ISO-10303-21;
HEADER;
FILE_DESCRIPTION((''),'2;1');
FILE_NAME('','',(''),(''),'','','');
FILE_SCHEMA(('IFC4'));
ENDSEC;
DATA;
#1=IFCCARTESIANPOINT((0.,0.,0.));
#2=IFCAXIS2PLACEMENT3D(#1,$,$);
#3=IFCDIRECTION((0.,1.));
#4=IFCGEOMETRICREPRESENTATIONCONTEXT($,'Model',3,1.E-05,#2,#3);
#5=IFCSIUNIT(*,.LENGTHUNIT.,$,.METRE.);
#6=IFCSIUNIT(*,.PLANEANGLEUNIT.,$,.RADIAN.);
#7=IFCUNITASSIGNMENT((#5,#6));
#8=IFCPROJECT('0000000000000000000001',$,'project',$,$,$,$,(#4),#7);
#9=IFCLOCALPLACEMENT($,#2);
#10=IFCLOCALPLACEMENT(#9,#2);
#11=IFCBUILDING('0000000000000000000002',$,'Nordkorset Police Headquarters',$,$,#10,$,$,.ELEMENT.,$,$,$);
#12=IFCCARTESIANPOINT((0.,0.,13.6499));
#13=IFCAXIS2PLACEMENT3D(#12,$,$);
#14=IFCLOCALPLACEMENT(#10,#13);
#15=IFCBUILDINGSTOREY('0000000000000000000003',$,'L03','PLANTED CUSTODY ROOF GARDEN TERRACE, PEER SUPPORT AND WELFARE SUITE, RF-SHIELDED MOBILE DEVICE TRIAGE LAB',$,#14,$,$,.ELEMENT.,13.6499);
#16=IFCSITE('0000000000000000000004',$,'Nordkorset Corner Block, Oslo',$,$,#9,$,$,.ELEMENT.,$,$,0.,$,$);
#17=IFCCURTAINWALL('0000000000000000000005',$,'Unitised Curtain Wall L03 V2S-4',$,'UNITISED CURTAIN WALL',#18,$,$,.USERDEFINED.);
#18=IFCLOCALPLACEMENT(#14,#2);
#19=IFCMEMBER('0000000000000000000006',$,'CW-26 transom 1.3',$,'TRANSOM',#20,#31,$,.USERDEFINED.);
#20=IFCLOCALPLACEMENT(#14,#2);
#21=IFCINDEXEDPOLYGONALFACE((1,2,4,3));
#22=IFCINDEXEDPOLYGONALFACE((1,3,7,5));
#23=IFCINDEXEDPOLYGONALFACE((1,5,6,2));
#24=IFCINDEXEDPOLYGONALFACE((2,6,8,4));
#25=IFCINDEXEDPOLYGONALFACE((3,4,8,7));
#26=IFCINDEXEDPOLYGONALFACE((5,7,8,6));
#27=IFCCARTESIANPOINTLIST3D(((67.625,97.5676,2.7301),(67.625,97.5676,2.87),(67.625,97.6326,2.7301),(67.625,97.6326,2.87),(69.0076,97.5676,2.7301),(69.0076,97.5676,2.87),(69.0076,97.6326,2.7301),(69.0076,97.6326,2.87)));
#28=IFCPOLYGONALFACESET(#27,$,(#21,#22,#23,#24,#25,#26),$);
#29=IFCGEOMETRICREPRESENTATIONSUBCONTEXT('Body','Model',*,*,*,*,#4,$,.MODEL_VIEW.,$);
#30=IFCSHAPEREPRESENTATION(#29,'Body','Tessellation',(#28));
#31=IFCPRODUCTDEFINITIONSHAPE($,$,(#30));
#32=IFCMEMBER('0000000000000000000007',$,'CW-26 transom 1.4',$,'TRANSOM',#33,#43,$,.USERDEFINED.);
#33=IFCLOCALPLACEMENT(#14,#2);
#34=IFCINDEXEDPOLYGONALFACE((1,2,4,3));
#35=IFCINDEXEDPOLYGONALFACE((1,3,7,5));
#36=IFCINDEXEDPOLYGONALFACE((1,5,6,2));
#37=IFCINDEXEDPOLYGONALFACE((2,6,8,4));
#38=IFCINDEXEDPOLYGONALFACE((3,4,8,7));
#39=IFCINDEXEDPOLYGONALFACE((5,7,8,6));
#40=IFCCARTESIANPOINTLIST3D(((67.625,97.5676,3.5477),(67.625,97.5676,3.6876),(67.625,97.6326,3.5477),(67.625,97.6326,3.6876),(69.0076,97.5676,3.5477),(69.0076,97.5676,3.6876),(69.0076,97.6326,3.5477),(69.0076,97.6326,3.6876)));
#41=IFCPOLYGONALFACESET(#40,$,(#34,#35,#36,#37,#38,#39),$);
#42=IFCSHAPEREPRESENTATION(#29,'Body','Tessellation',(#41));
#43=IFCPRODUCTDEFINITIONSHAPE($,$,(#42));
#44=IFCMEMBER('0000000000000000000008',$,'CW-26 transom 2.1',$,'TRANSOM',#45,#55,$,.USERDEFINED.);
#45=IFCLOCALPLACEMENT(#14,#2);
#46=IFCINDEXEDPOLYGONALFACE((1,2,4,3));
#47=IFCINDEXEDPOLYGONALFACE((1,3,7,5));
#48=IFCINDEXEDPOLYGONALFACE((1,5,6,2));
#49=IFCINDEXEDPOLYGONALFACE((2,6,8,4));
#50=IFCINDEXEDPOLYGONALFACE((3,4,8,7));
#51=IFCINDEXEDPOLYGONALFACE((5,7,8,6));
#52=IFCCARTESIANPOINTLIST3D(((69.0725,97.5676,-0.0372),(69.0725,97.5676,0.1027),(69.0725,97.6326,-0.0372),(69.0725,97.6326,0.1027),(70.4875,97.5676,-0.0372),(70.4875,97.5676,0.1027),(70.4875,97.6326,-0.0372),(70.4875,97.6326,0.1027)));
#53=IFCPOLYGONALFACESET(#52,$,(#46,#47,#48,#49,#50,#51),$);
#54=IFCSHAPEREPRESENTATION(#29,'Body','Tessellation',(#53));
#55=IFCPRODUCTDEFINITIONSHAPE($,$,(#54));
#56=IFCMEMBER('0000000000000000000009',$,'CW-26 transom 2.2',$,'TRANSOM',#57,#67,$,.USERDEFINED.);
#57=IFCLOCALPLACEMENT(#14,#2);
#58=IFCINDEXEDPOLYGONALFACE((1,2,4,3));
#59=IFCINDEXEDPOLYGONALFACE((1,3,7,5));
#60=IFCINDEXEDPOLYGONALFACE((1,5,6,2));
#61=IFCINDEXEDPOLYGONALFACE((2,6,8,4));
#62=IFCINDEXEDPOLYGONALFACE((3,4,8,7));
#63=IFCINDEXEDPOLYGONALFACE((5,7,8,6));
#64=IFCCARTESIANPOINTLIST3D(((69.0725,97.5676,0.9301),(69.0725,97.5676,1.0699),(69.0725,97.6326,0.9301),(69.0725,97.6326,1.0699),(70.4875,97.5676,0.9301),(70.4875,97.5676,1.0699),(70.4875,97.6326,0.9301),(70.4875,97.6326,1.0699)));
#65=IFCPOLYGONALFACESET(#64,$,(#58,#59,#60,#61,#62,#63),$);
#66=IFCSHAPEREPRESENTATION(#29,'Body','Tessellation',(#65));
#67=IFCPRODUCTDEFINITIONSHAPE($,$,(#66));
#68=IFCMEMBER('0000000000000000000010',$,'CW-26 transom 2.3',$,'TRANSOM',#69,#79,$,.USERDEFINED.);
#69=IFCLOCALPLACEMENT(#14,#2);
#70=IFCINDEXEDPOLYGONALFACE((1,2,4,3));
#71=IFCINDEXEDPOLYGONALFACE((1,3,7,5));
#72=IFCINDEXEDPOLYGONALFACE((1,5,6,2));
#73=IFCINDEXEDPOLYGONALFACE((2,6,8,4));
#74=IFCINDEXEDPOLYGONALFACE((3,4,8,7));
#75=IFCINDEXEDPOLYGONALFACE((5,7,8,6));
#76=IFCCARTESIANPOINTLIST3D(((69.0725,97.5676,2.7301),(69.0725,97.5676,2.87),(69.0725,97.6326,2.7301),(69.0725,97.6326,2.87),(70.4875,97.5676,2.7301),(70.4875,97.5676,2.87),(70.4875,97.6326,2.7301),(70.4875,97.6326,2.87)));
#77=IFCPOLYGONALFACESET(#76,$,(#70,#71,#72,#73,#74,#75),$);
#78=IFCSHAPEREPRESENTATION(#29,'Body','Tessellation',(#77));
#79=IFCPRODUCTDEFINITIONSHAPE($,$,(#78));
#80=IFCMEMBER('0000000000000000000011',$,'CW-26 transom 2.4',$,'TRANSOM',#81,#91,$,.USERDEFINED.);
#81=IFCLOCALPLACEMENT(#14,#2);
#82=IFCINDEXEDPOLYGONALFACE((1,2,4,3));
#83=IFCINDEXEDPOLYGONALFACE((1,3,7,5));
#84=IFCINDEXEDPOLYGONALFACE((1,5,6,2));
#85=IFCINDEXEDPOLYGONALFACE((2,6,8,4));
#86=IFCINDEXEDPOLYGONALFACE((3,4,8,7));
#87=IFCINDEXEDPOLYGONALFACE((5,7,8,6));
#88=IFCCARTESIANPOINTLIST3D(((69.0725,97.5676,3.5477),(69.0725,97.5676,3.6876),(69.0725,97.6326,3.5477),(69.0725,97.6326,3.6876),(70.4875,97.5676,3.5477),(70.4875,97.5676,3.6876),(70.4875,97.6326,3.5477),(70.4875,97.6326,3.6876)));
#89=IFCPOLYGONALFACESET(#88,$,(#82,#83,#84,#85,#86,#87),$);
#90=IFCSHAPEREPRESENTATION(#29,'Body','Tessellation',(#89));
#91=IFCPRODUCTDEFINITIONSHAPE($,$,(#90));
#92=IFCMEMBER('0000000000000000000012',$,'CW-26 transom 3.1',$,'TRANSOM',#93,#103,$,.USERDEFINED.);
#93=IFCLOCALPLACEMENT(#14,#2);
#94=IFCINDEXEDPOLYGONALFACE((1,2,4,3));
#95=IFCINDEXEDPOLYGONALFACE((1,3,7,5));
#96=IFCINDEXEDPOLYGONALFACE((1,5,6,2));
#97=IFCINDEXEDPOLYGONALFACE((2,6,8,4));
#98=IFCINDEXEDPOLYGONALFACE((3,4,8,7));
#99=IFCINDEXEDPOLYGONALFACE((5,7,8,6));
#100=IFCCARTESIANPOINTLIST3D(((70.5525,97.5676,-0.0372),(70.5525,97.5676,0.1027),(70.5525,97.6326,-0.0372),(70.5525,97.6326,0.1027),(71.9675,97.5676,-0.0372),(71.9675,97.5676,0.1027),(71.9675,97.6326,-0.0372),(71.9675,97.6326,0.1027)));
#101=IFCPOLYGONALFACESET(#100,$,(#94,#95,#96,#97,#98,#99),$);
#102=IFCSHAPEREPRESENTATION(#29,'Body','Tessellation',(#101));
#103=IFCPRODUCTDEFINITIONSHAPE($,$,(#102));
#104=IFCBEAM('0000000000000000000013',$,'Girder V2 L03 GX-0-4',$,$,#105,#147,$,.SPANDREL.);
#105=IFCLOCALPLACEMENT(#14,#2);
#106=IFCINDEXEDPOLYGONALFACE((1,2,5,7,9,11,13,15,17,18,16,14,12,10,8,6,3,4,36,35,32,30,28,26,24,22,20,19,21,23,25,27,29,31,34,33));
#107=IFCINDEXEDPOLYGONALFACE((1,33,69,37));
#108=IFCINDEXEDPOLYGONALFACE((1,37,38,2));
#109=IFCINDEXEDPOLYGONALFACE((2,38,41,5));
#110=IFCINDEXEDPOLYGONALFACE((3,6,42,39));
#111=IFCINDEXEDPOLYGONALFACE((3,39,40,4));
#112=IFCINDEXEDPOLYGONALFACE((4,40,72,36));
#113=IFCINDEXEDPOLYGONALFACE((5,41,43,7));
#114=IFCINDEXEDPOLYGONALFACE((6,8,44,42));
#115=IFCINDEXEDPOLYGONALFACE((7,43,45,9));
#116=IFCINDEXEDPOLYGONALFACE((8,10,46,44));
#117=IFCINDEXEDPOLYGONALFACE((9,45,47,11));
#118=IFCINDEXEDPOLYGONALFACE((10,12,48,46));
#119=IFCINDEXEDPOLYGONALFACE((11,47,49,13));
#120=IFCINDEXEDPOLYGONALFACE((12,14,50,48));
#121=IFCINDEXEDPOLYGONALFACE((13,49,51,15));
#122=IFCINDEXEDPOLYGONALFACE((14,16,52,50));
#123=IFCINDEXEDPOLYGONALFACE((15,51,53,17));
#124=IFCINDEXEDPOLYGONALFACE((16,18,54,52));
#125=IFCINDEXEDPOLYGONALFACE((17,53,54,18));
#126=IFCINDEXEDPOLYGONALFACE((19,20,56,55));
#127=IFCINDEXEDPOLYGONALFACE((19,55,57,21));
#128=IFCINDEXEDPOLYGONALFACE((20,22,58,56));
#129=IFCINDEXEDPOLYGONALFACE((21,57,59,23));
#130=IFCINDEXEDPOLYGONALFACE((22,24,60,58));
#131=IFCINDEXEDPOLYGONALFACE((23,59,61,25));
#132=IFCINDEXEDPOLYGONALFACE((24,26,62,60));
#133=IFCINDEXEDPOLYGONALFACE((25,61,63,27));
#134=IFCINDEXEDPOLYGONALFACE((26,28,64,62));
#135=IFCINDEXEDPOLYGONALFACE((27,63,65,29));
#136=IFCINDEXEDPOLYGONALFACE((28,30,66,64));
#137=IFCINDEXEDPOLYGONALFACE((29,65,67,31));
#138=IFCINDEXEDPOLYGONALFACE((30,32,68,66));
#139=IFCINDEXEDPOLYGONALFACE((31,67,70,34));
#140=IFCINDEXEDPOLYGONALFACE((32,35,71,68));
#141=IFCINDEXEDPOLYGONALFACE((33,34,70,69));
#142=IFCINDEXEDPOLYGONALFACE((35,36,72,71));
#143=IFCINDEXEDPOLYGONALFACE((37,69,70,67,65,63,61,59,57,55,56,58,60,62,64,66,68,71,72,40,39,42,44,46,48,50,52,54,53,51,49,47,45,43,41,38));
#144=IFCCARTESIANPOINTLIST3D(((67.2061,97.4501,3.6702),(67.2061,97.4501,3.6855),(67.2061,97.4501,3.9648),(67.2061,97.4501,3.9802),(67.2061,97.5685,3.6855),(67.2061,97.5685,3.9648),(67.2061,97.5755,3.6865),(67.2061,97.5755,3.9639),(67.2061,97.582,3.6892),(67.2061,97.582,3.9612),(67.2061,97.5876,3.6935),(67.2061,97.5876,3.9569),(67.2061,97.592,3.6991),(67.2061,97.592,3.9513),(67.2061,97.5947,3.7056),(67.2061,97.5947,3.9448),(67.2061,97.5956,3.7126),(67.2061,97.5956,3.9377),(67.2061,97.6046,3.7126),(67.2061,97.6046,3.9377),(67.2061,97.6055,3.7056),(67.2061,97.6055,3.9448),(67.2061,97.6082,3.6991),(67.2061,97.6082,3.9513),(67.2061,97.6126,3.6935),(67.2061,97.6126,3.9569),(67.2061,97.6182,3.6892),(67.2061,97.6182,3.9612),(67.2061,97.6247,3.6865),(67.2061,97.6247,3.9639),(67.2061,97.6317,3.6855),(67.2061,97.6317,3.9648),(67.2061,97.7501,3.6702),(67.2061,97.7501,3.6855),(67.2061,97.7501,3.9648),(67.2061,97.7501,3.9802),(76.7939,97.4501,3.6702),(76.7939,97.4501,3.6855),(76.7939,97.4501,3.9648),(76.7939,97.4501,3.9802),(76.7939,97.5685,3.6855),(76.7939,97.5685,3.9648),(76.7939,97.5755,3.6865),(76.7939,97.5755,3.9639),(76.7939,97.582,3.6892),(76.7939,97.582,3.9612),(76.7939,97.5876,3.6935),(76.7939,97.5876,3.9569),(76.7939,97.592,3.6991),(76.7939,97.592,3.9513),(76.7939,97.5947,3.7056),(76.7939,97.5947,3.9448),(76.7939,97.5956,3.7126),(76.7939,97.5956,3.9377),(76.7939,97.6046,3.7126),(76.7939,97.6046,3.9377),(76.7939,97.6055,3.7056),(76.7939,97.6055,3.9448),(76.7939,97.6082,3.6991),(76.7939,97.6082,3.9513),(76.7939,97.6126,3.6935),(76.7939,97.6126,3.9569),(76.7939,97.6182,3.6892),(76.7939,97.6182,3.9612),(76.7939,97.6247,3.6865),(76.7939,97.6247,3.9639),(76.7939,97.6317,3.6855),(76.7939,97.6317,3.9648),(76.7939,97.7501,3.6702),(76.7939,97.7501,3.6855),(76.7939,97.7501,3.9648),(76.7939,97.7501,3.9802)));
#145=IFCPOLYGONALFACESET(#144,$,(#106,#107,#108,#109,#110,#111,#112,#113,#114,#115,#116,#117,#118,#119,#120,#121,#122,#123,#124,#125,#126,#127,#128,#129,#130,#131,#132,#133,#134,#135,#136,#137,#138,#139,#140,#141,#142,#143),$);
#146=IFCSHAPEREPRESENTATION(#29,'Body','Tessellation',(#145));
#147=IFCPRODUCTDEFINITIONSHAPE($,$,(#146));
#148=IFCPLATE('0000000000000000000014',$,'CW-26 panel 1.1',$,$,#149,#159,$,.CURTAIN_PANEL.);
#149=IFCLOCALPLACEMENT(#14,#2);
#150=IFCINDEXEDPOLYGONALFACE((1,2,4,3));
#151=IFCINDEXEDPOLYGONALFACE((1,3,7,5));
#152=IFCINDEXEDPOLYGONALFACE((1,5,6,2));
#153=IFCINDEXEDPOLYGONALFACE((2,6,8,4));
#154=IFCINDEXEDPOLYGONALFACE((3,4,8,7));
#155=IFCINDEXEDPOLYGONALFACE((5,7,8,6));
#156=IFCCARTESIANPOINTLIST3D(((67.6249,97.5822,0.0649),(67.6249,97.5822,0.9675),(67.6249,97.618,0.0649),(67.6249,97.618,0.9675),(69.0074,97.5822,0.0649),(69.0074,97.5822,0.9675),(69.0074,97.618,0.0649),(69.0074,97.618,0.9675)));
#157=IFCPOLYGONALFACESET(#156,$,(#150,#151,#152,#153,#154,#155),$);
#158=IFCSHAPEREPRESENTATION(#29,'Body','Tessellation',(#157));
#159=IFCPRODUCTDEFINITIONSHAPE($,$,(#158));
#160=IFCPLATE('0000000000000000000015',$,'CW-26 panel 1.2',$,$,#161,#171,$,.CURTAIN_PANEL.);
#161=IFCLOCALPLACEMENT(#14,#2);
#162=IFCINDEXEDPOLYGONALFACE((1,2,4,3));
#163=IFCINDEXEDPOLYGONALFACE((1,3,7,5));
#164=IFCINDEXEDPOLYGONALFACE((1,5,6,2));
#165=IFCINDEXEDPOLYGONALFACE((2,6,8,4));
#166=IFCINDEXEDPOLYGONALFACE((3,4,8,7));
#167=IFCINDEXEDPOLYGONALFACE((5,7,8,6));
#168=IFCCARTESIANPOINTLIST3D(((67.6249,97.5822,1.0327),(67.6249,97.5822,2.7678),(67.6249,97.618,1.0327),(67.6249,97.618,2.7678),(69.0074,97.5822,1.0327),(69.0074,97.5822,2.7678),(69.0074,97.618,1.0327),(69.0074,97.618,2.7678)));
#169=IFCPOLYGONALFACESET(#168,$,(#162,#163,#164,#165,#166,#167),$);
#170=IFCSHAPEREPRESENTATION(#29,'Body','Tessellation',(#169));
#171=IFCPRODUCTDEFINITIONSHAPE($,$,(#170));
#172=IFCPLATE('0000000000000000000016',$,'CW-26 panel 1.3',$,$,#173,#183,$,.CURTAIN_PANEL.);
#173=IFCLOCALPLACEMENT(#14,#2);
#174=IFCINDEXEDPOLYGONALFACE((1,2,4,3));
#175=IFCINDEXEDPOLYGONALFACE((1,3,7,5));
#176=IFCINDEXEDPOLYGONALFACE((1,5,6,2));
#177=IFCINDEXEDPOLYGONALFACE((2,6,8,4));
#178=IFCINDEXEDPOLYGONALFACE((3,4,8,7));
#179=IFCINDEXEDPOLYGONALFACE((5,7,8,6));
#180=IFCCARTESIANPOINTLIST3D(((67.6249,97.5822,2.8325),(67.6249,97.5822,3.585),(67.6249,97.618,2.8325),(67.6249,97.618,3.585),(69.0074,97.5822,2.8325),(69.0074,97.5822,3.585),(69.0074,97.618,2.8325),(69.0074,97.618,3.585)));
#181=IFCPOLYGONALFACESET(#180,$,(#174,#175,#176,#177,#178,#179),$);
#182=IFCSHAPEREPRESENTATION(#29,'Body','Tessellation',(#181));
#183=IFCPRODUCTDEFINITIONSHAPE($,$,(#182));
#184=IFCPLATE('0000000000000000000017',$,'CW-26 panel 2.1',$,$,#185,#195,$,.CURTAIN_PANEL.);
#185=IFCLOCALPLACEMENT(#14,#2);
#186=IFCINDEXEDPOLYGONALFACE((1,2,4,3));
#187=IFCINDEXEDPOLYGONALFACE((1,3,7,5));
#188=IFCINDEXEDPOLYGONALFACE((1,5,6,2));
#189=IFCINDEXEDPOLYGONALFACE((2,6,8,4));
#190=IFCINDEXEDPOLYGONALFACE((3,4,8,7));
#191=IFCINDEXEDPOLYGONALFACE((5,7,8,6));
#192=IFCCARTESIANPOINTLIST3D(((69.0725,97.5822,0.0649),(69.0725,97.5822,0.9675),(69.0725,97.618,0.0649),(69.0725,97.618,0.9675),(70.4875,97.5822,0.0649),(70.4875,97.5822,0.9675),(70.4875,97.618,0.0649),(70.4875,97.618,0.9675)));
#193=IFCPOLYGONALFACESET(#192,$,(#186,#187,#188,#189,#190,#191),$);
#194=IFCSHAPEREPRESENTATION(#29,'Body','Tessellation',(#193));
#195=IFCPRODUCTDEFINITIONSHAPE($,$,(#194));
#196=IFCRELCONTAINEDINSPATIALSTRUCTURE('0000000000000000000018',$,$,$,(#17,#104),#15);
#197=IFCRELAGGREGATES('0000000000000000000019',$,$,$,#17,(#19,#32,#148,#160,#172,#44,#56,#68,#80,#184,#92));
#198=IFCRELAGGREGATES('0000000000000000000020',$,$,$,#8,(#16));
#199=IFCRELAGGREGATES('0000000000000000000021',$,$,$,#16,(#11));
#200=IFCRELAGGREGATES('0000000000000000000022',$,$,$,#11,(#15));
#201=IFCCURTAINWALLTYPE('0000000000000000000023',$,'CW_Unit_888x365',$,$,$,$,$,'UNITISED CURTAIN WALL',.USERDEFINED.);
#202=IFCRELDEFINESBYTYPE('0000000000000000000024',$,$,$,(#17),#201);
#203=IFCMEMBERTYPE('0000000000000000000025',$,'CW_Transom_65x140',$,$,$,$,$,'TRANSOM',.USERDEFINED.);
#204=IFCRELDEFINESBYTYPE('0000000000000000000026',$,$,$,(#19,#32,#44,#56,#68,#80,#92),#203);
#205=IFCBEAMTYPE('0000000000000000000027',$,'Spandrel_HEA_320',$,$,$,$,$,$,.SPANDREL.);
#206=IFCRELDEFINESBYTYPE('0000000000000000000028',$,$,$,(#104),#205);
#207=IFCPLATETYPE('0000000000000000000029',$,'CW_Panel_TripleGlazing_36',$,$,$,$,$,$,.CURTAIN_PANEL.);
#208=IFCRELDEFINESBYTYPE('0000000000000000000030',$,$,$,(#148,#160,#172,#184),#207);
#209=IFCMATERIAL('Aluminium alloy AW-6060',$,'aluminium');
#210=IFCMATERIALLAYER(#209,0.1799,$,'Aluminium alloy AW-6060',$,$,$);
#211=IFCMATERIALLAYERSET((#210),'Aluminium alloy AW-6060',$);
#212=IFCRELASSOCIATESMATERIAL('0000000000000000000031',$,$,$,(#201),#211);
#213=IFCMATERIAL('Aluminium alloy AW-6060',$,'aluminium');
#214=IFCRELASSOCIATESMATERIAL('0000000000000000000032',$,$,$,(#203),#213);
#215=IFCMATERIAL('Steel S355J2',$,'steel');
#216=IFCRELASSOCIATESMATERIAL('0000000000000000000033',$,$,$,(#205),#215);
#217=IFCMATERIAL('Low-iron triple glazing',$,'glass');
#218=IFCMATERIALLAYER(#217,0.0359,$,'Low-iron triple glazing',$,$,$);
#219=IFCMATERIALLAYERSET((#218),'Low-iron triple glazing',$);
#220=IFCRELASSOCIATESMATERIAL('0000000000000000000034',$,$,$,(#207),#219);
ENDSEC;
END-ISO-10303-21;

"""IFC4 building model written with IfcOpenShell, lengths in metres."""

from ifc_helpers import new_model, si_unit, direction, frame, origin, origin_2d, place, context, subcontext, project, spatial, rectangle, i_section, extrude, material, layer, layer_set, material_profile, profile_set, type_object, element, aggregate, save


model = new_model("IFC4")

# Units and contexts
model_context = context("Model", 3, precision=1e-05, world=origin(), true_north=direction((0.0, 1.0)))
body_context = subcontext(model_context, "Body", "Model", "MODEL_VIEW")
ifc_project = project(units=[si_unit("LENGTHUNIT", "METRE"), si_unit("PLANEANGLEUNIT", "RADIAN")], contexts=[model_context])

# Site, building, storey
site_placement = place(None, origin())
site = spatial("IfcSite", under=ifc_project, at=site_placement, Name="Nordkorset Corner Block, Oslo", CompositionType="ELEMENT", RefElevation=0.0)
building_placement = place(site_placement, origin())
building = spatial("IfcBuilding", under=site, at=building_placement, Name="Nordkorset Police Headquarters", CompositionType="ELEMENT")
storey_placement = place(building_placement, frame((0.0, 0.0, 13.6499)))
storey = spatial("IfcBuildingStorey", under=building, at=storey_placement, Name="L03", Description="PLANTED CUSTODY ROOF GARDEN TERRACE, PEER SUPPORT AND WELFARE SUITE, RF-SHIELDED MOBILE DEVICE TRIAGE LAB", CompositionType="ELEMENT", Elevation=13.6499)

# Curtain wall, members
ifc_material_1 = material(Name="Aluminium alloy AW-6060", Category="aluminium")
ifc_layer_1 = layer(ifc_material_1, 0.1799, Name="Aluminium alloy AW-6060")
ifc_layer_set_1 = layer_set([ifc_layer_1], Name="Aluminium alloy AW-6060")
curtain_wall_type = type_object("IfcCurtainWallType", Name="CW_Unit_888x365", ElementType="UNITISED CURTAIN WALL", PredefinedType="USERDEFINED", material=ifc_layer_set_1)
curtain_wall_placement = place(storey_placement, origin())
curtain_wall = element("IfcCurtainWall", 1, at=curtain_wall_placement, inside=storey, type_object=curtain_wall_type, Name="Unitised Curtain Wall L03 V2S-4", ObjectType="UNITISED CURTAIN WALL", PredefinedType="USERDEFINED")
ifc_material_2 = material(Name="Aluminium alloy AW-6060", Category="aluminium")
ifc_material_profile_1 = material_profile(ifc_material_2, rectangle(XDim=0.0649, YDim=0.1399, at=origin_2d()), Name="ALU TRAN 65x140")
ifc_profile_set_1 = profile_set([ifc_material_profile_1], Name="Aluminium alloy AW-6060")
member_type_1 = type_object("IfcMemberType", Name="CW_Transom_65x140", ElementType="TRANSOM", PredefinedType="USERDEFINED", material=ifc_profile_set_1)
member_1_placement = place(storey_placement, frame((67.625, 97.6001, 2.8), z_axis=(1.0, 0.0, 0.0), x_axis=(0.0, 1.0, 0.0)))
member_1 = element("IfcMember", 2, at=member_1_placement, type_object=member_type_1, Name="CW-26 transom 1.3", ObjectType="TRANSOM", PredefinedType="USERDEFINED", context=body_context, shape_type="SweptSolid", body=[
    extrude(rectangle(XDim=0.0649, YDim=0.1399, at=origin_2d()), origin(), (0.0, 0.0, 1.0), 1.3826),
])
member_2_placement = place(storey_placement, frame((67.625, 97.6001, 3.6177), z_axis=(1.0, 0.0, 0.0), x_axis=(0.0, 1.0, 0.0)))
member_2 = element("IfcMember", 3, at=member_2_placement, type_object=member_type_1, Name="CW-26 transom 1.4", ObjectType="TRANSOM", PredefinedType="USERDEFINED", context=body_context, shape_type="SweptSolid", body=[
    extrude(rectangle(XDim=0.0649, YDim=0.1399, at=origin_2d()), origin(), (0.0, 0.0, 1.0), 1.3826),
])
member_3_placement = place(storey_placement, frame((69.0725, 97.6001, 0.0327), z_axis=(1.0, 0.0, 0.0), x_axis=(0.0, 1.0, 0.0)))
member_3 = element("IfcMember", 4, at=member_3_placement, type_object=member_type_1, Name="CW-26 transom 2.1", ObjectType="TRANSOM", PredefinedType="USERDEFINED", context=body_context, shape_type="SweptSolid", body=[
    extrude(rectangle(XDim=0.0649, YDim=0.1399, at=origin_2d()), origin(), (0.0, 0.0, 1.0), 1.415),
])
member_4_placement = place(storey_placement, frame((69.0725, 97.6001, 1.0), z_axis=(1.0, 0.0, 0.0), x_axis=(0.0, 1.0, 0.0)))
member_4 = element("IfcMember", 5, at=member_4_placement, type_object=member_type_1, Name="CW-26 transom 2.2", ObjectType="TRANSOM", PredefinedType="USERDEFINED", context=body_context, shape_type="SweptSolid", body=[
    extrude(rectangle(XDim=0.0649, YDim=0.1399, at=origin_2d()), origin(), (0.0, 0.0, 1.0), 1.415),
])
member_5_placement = place(storey_placement, frame((69.0725, 97.6001, 2.8), z_axis=(1.0, 0.0, 0.0), x_axis=(0.0, 1.0, 0.0)))
member_5 = element("IfcMember", 6, at=member_5_placement, type_object=member_type_1, Name="CW-26 transom 2.3", ObjectType="TRANSOM", PredefinedType="USERDEFINED", context=body_context, shape_type="SweptSolid", body=[
    extrude(rectangle(XDim=0.0649, YDim=0.1399, at=origin_2d()), origin(), (0.0, 0.0, 1.0), 1.415),
])
member_6_placement = place(storey_placement, frame((69.0725, 97.6001, 3.6177), z_axis=(1.0, 0.0, 0.0), x_axis=(0.0, 1.0, 0.0)))
member_6 = element("IfcMember", 7, at=member_6_placement, type_object=member_type_1, Name="CW-26 transom 2.4", ObjectType="TRANSOM", PredefinedType="USERDEFINED", context=body_context, shape_type="SweptSolid", body=[
    extrude(rectangle(XDim=0.0649, YDim=0.1399, at=origin_2d()), origin(), (0.0, 0.0, 1.0), 1.415),
])
member_7_placement = place(storey_placement, frame((70.5525, 97.6001, 0.0327), z_axis=(1.0, 0.0, 0.0), x_axis=(0.0, 1.0, 0.0)))
member_7 = element("IfcMember", 8, at=member_7_placement, type_object=member_type_1, Name="CW-26 transom 3.1", ObjectType="TRANSOM", PredefinedType="USERDEFINED", context=body_context, shape_type="SweptSolid", body=[
    extrude(rectangle(XDim=0.0649, YDim=0.1399, at=origin_2d()), origin(), (0.0, 0.0, 1.0), 1.415),
])

# Beam
ifc_material_3 = material(Name="Steel S355J2", Category="steel")
ifc_material_profile_2 = material_profile(ifc_material_3, i_section(OverallWidth=0.3, OverallDepth=0.3101, WebThickness=0.009, FlangeThickness=0.0154, FilletRadius=0.0271, at=origin_2d()), Name="HEA 320")
ifc_profile_set_2 = profile_set([ifc_material_profile_2], Name="Steel S355J2")
beam_type = type_object("IfcBeamType", Name="Spandrel_HEA_320", PredefinedType="SPANDREL", material=ifc_profile_set_2)
beam_placement = place(storey_placement, frame((67.2061, 97.6001, 3.8252), z_axis=(1.0, 0.0, 0.0), x_axis=(0.0, 1.0, 0.0)))
element("IfcBeam", 9, at=beam_placement, inside=storey, type_object=beam_type, Name="Girder V2 L03 GX-0-4", PredefinedType="SPANDREL", context=body_context, shape_type="SweptSolid", body=[
    extrude(i_section(OverallWidth=0.3, OverallDepth=0.3101, WebThickness=0.009, FlangeThickness=0.0154, FilletRadius=0.0271, at=origin_2d()), origin(), (0.0, 0.0, 1.0), 9.5879),
])

# Plates
ifc_material_4 = material(Name="Low-iron triple glazing", Category="glass")
ifc_layer_2 = layer(ifc_material_4, 0.0359, Name="Low-iron triple glazing")
ifc_layer_set_2 = layer_set([ifc_layer_2], Name="Low-iron triple glazing")
plate_type_1 = type_object("IfcPlateType", Name="CW_Panel_TripleGlazing_36", PredefinedType="CURTAIN_PANEL", material=ifc_layer_set_2)
plate_1_placement = place(storey_placement, frame((68.3162, 97.6001, 0.0649), z_axis=(0.0, 0.0, 1.0), x_axis=(1.0, 0.0, 0.0)))
plate_1 = element("IfcPlate", 10, at=plate_1_placement, type_object=plate_type_1, Name="CW-26 panel 1.1", PredefinedType="CURTAIN_PANEL", context=body_context, shape_type="SweptSolid", body=[
    extrude(rectangle(XDim=1.3826, YDim=0.0359, at=origin_2d()), origin(), (0.0, 0.0, 1.0), 0.9026),
])
plate_2_placement = place(storey_placement, frame((68.3162, 97.6001, 1.0327), z_axis=(0.0, 0.0, 1.0), x_axis=(1.0, 0.0, 0.0)))
plate_2 = element("IfcPlate", 11, at=plate_2_placement, type_object=plate_type_1, Name="CW-26 panel 1.2", PredefinedType="CURTAIN_PANEL", context=body_context, shape_type="SweptSolid", body=[
    extrude(rectangle(XDim=1.3826, YDim=0.0359, at=origin_2d()), origin(), (0.0, 0.0, 1.0), 1.7351),
])
plate_3_placement = place(storey_placement, frame((68.3162, 97.6001, 2.8325), z_axis=(0.0, 0.0, 1.0), x_axis=(1.0, 0.0, 0.0)))
plate_3 = element("IfcPlate", 12, at=plate_3_placement, type_object=plate_type_1, Name="CW-26 panel 1.3", PredefinedType="CURTAIN_PANEL", context=body_context, shape_type="SweptSolid", body=[
    extrude(rectangle(XDim=1.3826, YDim=0.0359, at=origin_2d()), origin(), (0.0, 0.0, 1.0), 0.7524),
])
plate_4_placement = place(storey_placement, frame((69.78, 97.6001, 0.0649), z_axis=(0.0, 0.0, 1.0), x_axis=(1.0, 0.0, 0.0)))
plate_4 = element("IfcPlate", 13, at=plate_4_placement, type_object=plate_type_1, Name="CW-26 panel 2.1", PredefinedType="CURTAIN_PANEL", context=body_context, shape_type="SweptSolid", body=[
    extrude(rectangle(XDim=1.415, YDim=0.0359, at=origin_2d()), origin(), (0.0, 0.0, 1.0), 0.9026),
])
aggregate(curtain_wall, [member_1, member_2, plate_1, plate_2, plate_3, member_3, member_4, member_5, member_6, plate_4, member_7])

save(model, "model.ifc")
